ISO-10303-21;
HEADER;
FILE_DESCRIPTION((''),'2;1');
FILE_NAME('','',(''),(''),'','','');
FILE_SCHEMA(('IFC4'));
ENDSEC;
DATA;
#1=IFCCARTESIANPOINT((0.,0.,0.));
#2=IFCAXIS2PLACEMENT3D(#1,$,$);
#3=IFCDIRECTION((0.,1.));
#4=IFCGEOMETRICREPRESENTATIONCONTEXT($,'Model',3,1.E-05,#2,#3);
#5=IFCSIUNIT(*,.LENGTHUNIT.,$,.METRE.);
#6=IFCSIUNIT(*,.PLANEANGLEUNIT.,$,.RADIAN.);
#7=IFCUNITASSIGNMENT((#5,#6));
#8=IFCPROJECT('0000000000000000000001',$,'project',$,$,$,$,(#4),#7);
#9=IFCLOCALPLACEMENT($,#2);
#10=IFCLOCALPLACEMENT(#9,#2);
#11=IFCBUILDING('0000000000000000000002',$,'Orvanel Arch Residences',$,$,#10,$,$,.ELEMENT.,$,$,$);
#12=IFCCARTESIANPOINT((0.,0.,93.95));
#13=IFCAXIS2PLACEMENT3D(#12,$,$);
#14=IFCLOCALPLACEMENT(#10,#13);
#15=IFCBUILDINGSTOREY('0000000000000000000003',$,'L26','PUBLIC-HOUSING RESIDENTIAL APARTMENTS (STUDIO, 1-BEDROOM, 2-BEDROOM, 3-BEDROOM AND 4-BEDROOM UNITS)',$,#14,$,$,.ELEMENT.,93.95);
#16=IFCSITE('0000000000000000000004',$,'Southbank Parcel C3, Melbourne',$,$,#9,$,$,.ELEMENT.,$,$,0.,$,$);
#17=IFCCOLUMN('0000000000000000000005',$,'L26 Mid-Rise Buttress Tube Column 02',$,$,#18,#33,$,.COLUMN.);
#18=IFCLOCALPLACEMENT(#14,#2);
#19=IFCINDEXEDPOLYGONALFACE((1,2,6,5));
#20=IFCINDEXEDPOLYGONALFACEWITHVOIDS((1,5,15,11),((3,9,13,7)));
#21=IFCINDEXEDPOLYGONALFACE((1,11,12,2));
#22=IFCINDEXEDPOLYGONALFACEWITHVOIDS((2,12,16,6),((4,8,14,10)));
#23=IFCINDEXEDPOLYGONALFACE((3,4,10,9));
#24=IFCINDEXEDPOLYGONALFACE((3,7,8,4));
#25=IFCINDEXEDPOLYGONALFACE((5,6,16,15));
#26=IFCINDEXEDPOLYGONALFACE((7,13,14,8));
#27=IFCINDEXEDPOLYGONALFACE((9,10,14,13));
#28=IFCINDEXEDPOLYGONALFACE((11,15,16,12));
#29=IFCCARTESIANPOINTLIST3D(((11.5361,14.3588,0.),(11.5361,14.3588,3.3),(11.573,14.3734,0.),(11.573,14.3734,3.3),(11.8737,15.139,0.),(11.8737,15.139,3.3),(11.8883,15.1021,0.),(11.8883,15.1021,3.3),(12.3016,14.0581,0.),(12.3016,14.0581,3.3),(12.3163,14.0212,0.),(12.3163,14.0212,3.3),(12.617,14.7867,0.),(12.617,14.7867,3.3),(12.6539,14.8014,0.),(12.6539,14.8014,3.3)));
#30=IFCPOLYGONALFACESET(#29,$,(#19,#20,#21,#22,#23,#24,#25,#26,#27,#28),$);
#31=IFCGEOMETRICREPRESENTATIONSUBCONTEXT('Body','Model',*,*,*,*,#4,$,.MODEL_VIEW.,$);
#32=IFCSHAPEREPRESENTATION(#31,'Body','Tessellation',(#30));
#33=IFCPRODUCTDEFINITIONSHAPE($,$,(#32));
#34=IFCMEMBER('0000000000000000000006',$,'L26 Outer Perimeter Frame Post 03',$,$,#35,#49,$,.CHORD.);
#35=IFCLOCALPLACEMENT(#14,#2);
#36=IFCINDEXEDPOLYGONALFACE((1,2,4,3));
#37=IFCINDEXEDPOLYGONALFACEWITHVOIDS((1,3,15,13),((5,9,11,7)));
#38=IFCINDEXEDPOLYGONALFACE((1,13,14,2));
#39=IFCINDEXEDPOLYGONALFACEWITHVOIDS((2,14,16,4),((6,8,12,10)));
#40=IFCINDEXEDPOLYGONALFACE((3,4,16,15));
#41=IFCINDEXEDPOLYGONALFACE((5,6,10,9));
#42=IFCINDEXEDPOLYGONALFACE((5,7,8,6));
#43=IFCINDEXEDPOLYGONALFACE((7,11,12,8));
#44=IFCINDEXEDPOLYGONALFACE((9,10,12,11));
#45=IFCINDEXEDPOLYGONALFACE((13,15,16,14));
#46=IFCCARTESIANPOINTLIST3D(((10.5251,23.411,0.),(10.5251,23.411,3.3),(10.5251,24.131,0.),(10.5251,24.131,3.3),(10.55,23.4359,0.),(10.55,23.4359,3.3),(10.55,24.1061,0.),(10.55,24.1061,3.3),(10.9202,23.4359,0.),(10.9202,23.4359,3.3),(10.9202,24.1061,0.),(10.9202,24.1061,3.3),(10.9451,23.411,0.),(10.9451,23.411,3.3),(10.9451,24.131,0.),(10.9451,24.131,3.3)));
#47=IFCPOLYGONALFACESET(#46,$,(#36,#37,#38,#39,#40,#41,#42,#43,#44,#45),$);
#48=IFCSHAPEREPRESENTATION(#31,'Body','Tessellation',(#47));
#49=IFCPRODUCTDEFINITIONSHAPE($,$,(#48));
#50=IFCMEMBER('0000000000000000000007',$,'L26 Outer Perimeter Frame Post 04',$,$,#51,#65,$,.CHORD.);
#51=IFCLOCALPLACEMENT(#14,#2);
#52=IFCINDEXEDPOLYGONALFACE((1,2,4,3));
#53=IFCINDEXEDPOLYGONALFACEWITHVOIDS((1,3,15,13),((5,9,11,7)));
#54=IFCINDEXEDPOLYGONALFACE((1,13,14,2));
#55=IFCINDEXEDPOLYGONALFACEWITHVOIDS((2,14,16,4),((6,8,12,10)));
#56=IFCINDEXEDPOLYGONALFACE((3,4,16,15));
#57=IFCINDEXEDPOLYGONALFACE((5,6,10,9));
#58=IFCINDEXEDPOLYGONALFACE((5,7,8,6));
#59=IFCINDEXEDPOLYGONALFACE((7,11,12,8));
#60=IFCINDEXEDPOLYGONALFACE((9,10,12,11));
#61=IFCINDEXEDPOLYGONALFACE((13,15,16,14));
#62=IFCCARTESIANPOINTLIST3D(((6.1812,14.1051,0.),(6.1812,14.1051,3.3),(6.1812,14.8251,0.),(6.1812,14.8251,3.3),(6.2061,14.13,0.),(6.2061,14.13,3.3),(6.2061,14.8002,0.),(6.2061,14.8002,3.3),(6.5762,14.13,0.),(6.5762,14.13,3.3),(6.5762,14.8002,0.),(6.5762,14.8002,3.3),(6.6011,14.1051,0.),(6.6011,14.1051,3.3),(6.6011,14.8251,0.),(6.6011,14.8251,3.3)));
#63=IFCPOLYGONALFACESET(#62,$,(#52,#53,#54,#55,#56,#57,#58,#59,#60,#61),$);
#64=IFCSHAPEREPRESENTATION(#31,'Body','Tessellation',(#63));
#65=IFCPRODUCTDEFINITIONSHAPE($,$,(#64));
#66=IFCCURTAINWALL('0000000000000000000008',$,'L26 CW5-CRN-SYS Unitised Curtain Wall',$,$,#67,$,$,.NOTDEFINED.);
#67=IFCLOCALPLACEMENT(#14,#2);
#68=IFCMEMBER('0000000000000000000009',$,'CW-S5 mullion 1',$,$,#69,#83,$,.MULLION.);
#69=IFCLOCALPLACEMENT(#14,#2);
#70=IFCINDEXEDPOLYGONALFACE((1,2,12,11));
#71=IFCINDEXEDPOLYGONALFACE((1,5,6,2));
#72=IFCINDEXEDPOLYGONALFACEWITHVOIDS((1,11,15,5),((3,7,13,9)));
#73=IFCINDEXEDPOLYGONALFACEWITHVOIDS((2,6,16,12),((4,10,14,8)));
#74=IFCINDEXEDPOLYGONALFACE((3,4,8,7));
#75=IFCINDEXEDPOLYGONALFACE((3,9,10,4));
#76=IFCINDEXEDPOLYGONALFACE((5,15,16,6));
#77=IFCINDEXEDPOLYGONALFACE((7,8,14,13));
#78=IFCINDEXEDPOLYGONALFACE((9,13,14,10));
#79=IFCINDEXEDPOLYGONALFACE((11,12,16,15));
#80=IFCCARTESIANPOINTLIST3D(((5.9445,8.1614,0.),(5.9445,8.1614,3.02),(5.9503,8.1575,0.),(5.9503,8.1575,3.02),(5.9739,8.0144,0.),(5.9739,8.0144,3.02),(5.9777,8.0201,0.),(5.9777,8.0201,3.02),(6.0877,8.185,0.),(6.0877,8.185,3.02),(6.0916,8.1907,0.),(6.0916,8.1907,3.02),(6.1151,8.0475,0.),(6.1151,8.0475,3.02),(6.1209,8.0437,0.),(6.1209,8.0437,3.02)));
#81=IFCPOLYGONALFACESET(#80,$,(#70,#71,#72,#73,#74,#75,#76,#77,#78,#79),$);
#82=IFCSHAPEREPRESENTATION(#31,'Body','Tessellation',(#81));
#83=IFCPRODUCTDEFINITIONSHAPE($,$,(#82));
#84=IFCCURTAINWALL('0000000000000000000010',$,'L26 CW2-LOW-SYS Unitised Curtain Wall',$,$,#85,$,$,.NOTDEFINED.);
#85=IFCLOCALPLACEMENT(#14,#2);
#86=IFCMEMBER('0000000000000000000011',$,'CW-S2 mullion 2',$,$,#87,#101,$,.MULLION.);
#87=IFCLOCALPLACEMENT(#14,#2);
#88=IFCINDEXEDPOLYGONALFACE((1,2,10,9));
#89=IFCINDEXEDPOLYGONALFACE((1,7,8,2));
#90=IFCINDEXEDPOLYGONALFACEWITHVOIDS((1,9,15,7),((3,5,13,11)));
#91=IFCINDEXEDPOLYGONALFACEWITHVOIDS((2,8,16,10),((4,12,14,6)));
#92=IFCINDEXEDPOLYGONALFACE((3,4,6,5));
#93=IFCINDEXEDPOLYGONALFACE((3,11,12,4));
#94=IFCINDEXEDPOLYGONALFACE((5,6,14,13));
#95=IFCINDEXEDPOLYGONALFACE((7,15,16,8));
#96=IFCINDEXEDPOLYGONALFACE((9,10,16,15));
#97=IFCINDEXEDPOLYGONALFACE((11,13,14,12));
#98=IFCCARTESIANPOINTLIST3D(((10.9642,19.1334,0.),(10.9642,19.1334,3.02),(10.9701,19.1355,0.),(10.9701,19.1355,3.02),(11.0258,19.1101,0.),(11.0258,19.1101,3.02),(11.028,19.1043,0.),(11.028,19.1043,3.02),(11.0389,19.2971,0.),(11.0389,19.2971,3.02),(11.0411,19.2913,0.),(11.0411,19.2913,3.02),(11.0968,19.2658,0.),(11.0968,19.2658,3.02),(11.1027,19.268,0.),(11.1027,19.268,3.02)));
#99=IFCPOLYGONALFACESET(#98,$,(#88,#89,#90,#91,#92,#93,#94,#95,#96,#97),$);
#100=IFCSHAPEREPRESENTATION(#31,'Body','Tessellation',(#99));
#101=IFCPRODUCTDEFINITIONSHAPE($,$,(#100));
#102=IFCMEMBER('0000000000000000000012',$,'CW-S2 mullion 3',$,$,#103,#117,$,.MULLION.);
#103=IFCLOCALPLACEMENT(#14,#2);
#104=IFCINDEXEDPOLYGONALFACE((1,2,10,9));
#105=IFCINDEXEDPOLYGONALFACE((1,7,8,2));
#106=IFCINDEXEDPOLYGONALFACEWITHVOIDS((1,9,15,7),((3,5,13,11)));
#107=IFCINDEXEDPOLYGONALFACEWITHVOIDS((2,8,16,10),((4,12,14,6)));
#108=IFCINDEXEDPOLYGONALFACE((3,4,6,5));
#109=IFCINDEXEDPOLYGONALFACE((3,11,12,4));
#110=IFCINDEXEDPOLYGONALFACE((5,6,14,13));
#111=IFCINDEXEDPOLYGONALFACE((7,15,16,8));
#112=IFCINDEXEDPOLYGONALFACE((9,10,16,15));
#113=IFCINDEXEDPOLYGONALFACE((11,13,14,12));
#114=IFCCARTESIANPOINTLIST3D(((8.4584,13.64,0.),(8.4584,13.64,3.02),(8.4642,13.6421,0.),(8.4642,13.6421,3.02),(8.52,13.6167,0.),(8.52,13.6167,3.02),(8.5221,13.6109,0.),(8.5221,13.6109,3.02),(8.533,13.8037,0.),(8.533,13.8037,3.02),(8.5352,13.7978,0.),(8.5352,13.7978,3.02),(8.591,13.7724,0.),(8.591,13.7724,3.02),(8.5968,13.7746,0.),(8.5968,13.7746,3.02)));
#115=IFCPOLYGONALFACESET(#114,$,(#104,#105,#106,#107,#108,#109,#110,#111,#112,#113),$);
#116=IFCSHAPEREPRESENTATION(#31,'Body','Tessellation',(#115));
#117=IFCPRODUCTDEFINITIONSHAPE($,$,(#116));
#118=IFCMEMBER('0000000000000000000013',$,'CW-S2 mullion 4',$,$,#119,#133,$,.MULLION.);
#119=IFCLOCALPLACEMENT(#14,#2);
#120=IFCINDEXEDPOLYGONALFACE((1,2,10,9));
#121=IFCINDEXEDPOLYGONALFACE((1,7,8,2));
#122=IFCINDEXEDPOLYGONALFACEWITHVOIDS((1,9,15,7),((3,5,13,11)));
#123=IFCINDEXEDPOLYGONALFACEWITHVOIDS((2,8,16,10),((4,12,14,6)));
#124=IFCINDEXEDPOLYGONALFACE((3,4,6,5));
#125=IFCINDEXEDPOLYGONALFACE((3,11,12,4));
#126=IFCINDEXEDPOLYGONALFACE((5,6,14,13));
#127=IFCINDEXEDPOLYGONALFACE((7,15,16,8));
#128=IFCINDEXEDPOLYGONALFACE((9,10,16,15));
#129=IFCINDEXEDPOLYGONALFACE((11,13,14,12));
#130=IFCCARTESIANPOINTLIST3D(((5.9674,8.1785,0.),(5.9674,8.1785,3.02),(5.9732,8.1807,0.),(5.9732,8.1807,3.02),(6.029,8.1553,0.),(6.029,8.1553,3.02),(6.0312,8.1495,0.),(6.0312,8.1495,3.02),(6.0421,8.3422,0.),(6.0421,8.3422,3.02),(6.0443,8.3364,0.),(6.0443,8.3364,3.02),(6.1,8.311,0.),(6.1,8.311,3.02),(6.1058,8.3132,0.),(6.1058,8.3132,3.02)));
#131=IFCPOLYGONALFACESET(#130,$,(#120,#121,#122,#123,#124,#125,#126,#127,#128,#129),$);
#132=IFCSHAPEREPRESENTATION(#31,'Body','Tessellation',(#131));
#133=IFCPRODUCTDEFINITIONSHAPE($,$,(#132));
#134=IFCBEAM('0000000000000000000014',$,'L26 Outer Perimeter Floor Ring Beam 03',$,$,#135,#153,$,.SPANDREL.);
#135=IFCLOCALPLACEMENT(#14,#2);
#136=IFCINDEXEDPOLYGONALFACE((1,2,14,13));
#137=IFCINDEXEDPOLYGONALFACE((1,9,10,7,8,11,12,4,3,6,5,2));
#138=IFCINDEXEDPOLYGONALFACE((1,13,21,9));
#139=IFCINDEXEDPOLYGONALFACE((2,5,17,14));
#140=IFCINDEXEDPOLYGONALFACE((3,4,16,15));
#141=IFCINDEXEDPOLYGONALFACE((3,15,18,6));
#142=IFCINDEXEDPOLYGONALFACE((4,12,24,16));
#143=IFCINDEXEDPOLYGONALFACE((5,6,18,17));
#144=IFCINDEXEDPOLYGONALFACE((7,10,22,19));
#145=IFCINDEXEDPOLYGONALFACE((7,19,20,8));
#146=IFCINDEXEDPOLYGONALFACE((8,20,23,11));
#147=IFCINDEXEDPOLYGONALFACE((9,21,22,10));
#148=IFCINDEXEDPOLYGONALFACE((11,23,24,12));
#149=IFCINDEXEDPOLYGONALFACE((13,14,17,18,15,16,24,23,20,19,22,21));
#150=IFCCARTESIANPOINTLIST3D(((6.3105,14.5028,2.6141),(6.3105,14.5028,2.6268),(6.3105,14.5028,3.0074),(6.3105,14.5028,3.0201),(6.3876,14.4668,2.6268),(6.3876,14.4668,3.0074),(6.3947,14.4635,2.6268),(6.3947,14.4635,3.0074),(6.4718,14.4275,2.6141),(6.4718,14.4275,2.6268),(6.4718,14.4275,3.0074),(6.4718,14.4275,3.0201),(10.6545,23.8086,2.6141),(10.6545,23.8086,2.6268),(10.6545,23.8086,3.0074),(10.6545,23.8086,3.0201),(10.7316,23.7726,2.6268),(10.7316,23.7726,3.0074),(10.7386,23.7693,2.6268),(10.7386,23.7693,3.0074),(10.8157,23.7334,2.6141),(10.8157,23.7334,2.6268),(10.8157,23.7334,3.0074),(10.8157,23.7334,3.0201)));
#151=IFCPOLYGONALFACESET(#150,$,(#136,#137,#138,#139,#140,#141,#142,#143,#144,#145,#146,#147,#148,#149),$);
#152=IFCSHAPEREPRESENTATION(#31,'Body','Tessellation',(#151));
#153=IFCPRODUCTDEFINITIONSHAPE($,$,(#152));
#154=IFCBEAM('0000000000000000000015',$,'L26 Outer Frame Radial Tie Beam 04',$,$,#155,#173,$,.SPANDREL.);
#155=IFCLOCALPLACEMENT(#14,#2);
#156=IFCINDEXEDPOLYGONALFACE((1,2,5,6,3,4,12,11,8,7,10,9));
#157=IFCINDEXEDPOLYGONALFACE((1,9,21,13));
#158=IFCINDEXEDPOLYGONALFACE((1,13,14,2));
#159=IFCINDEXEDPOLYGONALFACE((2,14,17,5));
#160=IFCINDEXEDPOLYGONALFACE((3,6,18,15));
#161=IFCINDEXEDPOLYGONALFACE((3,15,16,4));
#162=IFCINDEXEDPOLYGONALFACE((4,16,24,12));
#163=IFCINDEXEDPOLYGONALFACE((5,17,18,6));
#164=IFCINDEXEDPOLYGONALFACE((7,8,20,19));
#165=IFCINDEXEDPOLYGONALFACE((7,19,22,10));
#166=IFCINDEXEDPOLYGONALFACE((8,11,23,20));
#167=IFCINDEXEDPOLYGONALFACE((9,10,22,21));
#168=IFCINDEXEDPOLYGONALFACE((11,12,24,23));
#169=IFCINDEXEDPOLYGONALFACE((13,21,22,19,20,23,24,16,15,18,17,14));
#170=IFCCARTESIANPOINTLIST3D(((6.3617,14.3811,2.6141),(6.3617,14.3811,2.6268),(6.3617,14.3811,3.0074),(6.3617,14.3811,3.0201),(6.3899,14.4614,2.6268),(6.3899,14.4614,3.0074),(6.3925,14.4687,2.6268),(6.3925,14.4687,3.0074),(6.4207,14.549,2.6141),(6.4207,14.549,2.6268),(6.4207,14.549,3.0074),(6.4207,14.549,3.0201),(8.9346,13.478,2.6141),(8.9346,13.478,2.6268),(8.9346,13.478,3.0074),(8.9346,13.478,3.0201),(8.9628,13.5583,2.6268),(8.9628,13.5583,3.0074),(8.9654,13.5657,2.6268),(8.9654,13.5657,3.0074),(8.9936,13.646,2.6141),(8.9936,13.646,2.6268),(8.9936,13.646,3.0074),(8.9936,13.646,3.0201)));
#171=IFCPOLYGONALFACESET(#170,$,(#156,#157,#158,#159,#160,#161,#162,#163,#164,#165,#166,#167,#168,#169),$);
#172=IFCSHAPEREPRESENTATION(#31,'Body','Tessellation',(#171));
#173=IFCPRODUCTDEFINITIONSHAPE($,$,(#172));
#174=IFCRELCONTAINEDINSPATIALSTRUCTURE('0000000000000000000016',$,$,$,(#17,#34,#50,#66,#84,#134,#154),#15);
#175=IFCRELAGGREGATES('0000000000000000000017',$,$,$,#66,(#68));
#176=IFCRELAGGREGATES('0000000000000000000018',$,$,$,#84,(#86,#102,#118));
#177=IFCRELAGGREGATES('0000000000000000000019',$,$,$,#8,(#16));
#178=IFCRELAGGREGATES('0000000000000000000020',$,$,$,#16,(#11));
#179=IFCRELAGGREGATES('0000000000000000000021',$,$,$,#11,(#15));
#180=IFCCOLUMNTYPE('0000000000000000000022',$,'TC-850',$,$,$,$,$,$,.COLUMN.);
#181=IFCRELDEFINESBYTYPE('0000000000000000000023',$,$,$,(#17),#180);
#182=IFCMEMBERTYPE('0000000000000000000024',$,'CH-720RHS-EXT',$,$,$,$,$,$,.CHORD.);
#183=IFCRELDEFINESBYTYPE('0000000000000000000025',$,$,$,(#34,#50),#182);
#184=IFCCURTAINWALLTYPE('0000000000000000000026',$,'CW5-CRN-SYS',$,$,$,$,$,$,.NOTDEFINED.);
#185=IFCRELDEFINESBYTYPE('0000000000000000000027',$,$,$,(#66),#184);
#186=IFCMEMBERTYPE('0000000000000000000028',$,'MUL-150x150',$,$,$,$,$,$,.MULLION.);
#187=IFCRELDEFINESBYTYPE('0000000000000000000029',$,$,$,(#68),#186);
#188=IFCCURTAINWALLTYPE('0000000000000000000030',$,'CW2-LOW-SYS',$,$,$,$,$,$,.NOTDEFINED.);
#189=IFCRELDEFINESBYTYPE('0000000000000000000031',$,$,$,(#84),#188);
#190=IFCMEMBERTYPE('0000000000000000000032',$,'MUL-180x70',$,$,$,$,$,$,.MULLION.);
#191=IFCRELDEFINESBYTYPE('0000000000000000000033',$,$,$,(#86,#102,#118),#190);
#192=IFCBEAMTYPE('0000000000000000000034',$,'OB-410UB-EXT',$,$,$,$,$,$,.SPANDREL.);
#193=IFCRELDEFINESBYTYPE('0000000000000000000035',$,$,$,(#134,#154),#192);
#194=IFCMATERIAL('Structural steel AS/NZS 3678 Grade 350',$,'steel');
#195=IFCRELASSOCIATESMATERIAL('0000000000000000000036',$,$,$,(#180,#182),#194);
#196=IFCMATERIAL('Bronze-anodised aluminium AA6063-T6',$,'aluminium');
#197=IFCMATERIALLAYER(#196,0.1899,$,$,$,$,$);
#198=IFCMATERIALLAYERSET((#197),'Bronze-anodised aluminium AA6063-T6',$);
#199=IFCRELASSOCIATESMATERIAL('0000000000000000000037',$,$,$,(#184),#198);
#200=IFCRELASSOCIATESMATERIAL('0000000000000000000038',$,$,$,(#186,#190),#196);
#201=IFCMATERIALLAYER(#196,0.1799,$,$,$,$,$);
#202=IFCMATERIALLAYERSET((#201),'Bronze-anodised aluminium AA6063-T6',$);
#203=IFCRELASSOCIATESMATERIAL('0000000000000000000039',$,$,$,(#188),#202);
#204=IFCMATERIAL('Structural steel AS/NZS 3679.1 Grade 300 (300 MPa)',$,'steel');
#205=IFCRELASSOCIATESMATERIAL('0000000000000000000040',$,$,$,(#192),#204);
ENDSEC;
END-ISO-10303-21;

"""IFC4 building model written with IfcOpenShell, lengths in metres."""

from ifc_helpers import new_model, si_unit, direction, frame, origin, origin_2d, place, context, subcontext, project, spatial, hollow_rectangle, i_section, extrude, material, layer, layer_set, material_profile, profile_set, type_object, element, aggregate, save


model = new_model("IFC4")

# Units and contexts
model_context = context("Model", 3, precision=1e-05, world=origin(), true_north=direction((0.0, 1.0)))
body_context = subcontext(model_context, "Body", "Model", "MODEL_VIEW")
ifc_project = project(units=[si_unit("LENGTHUNIT", "METRE"), si_unit("PLANEANGLEUNIT", "RADIAN")], contexts=[model_context])

# Site, building, storey
site_placement = place(None, origin())
site = spatial("IfcSite", under=ifc_project, at=site_placement, Name="Southbank Parcel C3, Melbourne", CompositionType="ELEMENT", RefElevation=0.0)
building_placement = place(site_placement, origin())
building = spatial("IfcBuilding", under=site, at=building_placement, Name="Orvanel Arch Residences", CompositionType="ELEMENT")
storey_placement = place(building_placement, frame((0.0, 0.0, 93.95)))
storey = spatial("IfcBuildingStorey", under=building, at=storey_placement, Name="L26", Description="PUBLIC-HOUSING RESIDENTIAL APARTMENTS (STUDIO, 1-BEDROOM, 2-BEDROOM, 3-BEDROOM AND 4-BEDROOM UNITS)", CompositionType="ELEMENT", Elevation=93.95)

# Column
ifc_material_1 = material(Name="Structural steel AS/NZS 3678 Grade 350", Category="steel")
ifc_material_profile_1 = material_profile(ifc_material_1, hollow_rectangle(XDim=0.8501, YDim=0.8501, WallThickness=0.0281, at=origin_2d()), Name="BOX850x850x28")
ifc_profile_set_1 = profile_set([ifc_material_profile_1], Name="Structural steel AS/NZS 3678 Grade 350")
column_type = type_object("IfcColumnType", Name="TC-850", PredefinedType="COLUMN", material=ifc_profile_set_1)
column_placement = place(storey_placement, frame((12.095, 14.5801, 0.0), z_axis=(0.0, 0.0, 1.0), x_axis=(0.397148, 0.917755, 0.0)))
element("IfcColumn", 1, at=column_placement, inside=storey, type_object=column_type, Name="L26 Mid-Rise Buttress Tube Column 02", PredefinedType="COLUMN", context=body_context, shape_type="SweptSolid", body=[
    extrude(hollow_rectangle(XDim=0.8501, YDim=0.8501, WallThickness=0.0281, at=origin_2d()), origin(), (0.0, 0.0, 1.0), 3.3),
])

# Members
ifc_material_profile_2 = material_profile(ifc_material_1, hollow_rectangle(XDim=0.4199, YDim=0.72, WallThickness=0.0249, at=origin_2d()), Name="RHS720x420x25")
ifc_profile_set_2 = profile_set([ifc_material_profile_2], Name="Structural steel AS/NZS 3678 Grade 350")
member_type_1 = type_object("IfcMemberType", Name="CH-720RHS-EXT", PredefinedType="CHORD", material=ifc_profile_set_2)
for number, where, z_axis, x_axis, name in (
    (2, (10.7351, 23.771, 0.0), (0.0, 0.0, 1.0), (1.0, 0.0, 0.0), "L26 Outer Perimeter Frame Post 03"),
    (3, (6.3911, 14.4651, 0.0), (0.0, 0.0, 1.0), (1.0, 0.0, 0.0), "L26 Outer Perimeter Frame Post 04"),
):
    element("IfcMember", number, at=place(storey_placement, frame(where, z_axis=z_axis, x_axis=x_axis)), inside=storey, type_object=member_type_1, Name=name, PredefinedType="CHORD", context=body_context, shape_type="SweptSolid", body=[
        extrude(hollow_rectangle(XDim=0.4199, YDim=0.72, WallThickness=0.0249, at=origin_2d()), origin(), (0.0, 0.0, 1.0), 3.3),
    ])

# Curtain wall, member
ifc_material_2 = material(Name="Bronze-anodised aluminium AA6063-T6", Category="aluminium")
ifc_layer_1 = layer(ifc_material_2, 0.1899)
ifc_layer_set_1 = layer_set([ifc_layer_1], Name="Bronze-anodised aluminium AA6063-T6")
curtain_wall_type_1 = type_object("IfcCurtainWallType", Name="CW5-CRN-SYS", PredefinedType="NOTDEFINED", material=ifc_layer_set_1)
curtain_wall_1_placement = place(storey_placement, origin())
curtain_wall_1 = element("IfcCurtainWall", 4, at=curtain_wall_1_placement, inside=storey, type_object=curtain_wall_type_1, Name="L26 CW5-CRN-SYS Unitised Curtain Wall", PredefinedType="NOTDEFINED")
ifc_material_profile_3 = material_profile(ifc_material_2, hollow_rectangle(XDim=0.1499, YDim=0.1499, WallThickness=0.0049, at=origin_2d()), Name="ALU150x150x5")
ifc_profile_set_3 = profile_set([ifc_material_profile_3], Name="Bronze-anodised aluminium AA6063-T6")
member_type_2 = type_object("IfcMemberType", Name="MUL-150x150", PredefinedType="MULLION", material=ifc_profile_set_3)
member_1_placement = place(storey_placement, frame((6.0327, 8.1025, 0.0), z_axis=(0.0, 0.0, 1.0), x_axis=(0.980671, 0.195664, 0.0)))
member_1 = element("IfcMember", 5, at=member_1_placement, type_object=member_type_2, Name="CW-S5 mullion 1", PredefinedType="MULLION", context=body_context, shape_type="SweptSolid", body=[
    extrude(hollow_rectangle(XDim=0.1499, YDim=0.1499, WallThickness=0.0049, at=origin_2d()), origin(), (0.0, 0.0, 1.0), 3.02),
])
aggregate(curtain_wall_1, [member_1])

# Curtain wall, members
ifc_layer_2 = layer(ifc_material_2, 0.1799)
ifc_layer_set_2 = layer_set([ifc_layer_2], Name="Bronze-anodised aluminium AA6063-T6")
curtain_wall_type_2 = type_object("IfcCurtainWallType", Name="CW2-LOW-SYS", PredefinedType="NOTDEFINED", material=ifc_layer_set_2)
curtain_wall_2_placement = place(storey_placement, origin())
curtain_wall_2 = element("IfcCurtainWall", 6, at=curtain_wall_2_placement, inside=storey, type_object=curtain_wall_type_2, Name="L26 CW2-LOW-SYS Unitised Curtain Wall", PredefinedType="NOTDEFINED")
ifc_material_profile_4 = material_profile(ifc_material_2, hollow_rectangle(XDim=0.0701, YDim=0.1799, WallThickness=0.0044, at=origin_2d()), Name="ALU180x70x4.5")
ifc_profile_set_4 = profile_set([ifc_material_profile_4], Name="Bronze-anodised aluminium AA6063-T6")
member_type_3 = type_object("IfcMemberType", Name="MUL-180x70", PredefinedType="MULLION", material=ifc_profile_set_4)
member_2_placement = place(storey_placement, frame((11.0334, 19.2007, 0.0), z_axis=(0.0, 0.0, 1.0), x_axis=(0.909823, -0.414996, 0.0)))
member_2 = element("IfcMember", 7, at=member_2_placement, type_object=member_type_3, Name="CW-S2 mullion 2", PredefinedType="MULLION", context=body_context, shape_type="SweptSolid", body=[
    extrude(hollow_rectangle(XDim=0.0701, YDim=0.1799, WallThickness=0.0044, at=origin_2d()), origin(), (0.0, 0.0, 1.0), 3.02),
])
member_3_placement = place(storey_placement, frame((8.5276, 13.7073, 0.0), z_axis=(0.0, 0.0, 1.0), x_axis=(0.909823, -0.414996, 0.0)))
member_3 = element("IfcMember", 8, at=member_3_placement, type_object=member_type_3, Name="CW-S2 mullion 3", PredefinedType="MULLION", context=body_context, shape_type="SweptSolid", body=[
    extrude(hollow_rectangle(XDim=0.0701, YDim=0.1799, WallThickness=0.0044, at=origin_2d()), origin(), (0.0, 0.0, 1.0), 3.02),
])
member_4_placement = place(storey_placement, frame((6.0366, 8.2458, 0.0), z_axis=(0.0, 0.0, 1.0), x_axis=(0.909823, -0.414996, 0.0)))
member_4 = element("IfcMember", 9, at=member_4_placement, type_object=member_type_3, Name="CW-S2 mullion 4", PredefinedType="MULLION", context=body_context, shape_type="SweptSolid", body=[
    extrude(hollow_rectangle(XDim=0.0701, YDim=0.1799, WallThickness=0.0044, at=origin_2d()), origin(), (0.0, 0.0, 1.0), 3.02),
])

# Beams
ifc_material_3 = material(Name="Structural steel AS/NZS 3679.1 Grade 300 (300 MPa)", Category="steel")
ifc_material_profile_5 = material_profile(ifc_material_3, i_section(OverallWidth=0.178, OverallDepth=0.406, WebThickness=0.0078, FlangeThickness=0.0127, at=origin_2d()), Name="410UB59.7")
ifc_profile_set_5 = profile_set([ifc_material_profile_5], Name="Structural steel AS/NZS 3679.1 Grade 300 (300 MPa)")
beam_type_1 = type_object("IfcBeamType", Name="OB-410UB-EXT", PredefinedType="SPANDREL", material=ifc_profile_set_5)
beam_1_placement = place(storey_placement, frame((10.7351, 23.771, 2.8171), z_axis=(-0.422984, -0.906137, 0.0), x_axis=(0.906137, -0.422984, 0.0)))
element("IfcBeam", 10, at=beam_1_placement, inside=storey, type_object=beam_type_1, Name="L26 Outer Perimeter Floor Ring Beam 03", PredefinedType="SPANDREL", context=body_context, shape_type="SweptSolid", body=[
    extrude(i_section(OverallWidth=0.178, OverallDepth=0.406, WebThickness=0.0078, FlangeThickness=0.0127, at=origin_2d()), origin(), (0.0, 0.0, 1.0), 10.2698),
])
beam_2_placement = place(storey_placement, frame((8.9641, 13.562, 2.8171), z_axis=(-0.943569, 0.331176, 0.0), x_axis=(-0.331176, -0.943569, 0.0)))
element("IfcBeam", 11, at=beam_2_placement, inside=storey, type_object=beam_type_1, Name="L26 Outer Frame Radial Tie Beam 04", PredefinedType="SPANDREL", context=body_context, shape_type="SweptSolid", body=[
    extrude(i_section(OverallWidth=0.178, OverallDepth=0.406, WebThickness=0.0078, FlangeThickness=0.0127, at=origin_2d()), origin(), (0.0, 0.0, 1.0), 2.7268),
])

aggregate(curtain_wall_2, [member_2, member_3, member_4])

save(model, "model.ifc")
